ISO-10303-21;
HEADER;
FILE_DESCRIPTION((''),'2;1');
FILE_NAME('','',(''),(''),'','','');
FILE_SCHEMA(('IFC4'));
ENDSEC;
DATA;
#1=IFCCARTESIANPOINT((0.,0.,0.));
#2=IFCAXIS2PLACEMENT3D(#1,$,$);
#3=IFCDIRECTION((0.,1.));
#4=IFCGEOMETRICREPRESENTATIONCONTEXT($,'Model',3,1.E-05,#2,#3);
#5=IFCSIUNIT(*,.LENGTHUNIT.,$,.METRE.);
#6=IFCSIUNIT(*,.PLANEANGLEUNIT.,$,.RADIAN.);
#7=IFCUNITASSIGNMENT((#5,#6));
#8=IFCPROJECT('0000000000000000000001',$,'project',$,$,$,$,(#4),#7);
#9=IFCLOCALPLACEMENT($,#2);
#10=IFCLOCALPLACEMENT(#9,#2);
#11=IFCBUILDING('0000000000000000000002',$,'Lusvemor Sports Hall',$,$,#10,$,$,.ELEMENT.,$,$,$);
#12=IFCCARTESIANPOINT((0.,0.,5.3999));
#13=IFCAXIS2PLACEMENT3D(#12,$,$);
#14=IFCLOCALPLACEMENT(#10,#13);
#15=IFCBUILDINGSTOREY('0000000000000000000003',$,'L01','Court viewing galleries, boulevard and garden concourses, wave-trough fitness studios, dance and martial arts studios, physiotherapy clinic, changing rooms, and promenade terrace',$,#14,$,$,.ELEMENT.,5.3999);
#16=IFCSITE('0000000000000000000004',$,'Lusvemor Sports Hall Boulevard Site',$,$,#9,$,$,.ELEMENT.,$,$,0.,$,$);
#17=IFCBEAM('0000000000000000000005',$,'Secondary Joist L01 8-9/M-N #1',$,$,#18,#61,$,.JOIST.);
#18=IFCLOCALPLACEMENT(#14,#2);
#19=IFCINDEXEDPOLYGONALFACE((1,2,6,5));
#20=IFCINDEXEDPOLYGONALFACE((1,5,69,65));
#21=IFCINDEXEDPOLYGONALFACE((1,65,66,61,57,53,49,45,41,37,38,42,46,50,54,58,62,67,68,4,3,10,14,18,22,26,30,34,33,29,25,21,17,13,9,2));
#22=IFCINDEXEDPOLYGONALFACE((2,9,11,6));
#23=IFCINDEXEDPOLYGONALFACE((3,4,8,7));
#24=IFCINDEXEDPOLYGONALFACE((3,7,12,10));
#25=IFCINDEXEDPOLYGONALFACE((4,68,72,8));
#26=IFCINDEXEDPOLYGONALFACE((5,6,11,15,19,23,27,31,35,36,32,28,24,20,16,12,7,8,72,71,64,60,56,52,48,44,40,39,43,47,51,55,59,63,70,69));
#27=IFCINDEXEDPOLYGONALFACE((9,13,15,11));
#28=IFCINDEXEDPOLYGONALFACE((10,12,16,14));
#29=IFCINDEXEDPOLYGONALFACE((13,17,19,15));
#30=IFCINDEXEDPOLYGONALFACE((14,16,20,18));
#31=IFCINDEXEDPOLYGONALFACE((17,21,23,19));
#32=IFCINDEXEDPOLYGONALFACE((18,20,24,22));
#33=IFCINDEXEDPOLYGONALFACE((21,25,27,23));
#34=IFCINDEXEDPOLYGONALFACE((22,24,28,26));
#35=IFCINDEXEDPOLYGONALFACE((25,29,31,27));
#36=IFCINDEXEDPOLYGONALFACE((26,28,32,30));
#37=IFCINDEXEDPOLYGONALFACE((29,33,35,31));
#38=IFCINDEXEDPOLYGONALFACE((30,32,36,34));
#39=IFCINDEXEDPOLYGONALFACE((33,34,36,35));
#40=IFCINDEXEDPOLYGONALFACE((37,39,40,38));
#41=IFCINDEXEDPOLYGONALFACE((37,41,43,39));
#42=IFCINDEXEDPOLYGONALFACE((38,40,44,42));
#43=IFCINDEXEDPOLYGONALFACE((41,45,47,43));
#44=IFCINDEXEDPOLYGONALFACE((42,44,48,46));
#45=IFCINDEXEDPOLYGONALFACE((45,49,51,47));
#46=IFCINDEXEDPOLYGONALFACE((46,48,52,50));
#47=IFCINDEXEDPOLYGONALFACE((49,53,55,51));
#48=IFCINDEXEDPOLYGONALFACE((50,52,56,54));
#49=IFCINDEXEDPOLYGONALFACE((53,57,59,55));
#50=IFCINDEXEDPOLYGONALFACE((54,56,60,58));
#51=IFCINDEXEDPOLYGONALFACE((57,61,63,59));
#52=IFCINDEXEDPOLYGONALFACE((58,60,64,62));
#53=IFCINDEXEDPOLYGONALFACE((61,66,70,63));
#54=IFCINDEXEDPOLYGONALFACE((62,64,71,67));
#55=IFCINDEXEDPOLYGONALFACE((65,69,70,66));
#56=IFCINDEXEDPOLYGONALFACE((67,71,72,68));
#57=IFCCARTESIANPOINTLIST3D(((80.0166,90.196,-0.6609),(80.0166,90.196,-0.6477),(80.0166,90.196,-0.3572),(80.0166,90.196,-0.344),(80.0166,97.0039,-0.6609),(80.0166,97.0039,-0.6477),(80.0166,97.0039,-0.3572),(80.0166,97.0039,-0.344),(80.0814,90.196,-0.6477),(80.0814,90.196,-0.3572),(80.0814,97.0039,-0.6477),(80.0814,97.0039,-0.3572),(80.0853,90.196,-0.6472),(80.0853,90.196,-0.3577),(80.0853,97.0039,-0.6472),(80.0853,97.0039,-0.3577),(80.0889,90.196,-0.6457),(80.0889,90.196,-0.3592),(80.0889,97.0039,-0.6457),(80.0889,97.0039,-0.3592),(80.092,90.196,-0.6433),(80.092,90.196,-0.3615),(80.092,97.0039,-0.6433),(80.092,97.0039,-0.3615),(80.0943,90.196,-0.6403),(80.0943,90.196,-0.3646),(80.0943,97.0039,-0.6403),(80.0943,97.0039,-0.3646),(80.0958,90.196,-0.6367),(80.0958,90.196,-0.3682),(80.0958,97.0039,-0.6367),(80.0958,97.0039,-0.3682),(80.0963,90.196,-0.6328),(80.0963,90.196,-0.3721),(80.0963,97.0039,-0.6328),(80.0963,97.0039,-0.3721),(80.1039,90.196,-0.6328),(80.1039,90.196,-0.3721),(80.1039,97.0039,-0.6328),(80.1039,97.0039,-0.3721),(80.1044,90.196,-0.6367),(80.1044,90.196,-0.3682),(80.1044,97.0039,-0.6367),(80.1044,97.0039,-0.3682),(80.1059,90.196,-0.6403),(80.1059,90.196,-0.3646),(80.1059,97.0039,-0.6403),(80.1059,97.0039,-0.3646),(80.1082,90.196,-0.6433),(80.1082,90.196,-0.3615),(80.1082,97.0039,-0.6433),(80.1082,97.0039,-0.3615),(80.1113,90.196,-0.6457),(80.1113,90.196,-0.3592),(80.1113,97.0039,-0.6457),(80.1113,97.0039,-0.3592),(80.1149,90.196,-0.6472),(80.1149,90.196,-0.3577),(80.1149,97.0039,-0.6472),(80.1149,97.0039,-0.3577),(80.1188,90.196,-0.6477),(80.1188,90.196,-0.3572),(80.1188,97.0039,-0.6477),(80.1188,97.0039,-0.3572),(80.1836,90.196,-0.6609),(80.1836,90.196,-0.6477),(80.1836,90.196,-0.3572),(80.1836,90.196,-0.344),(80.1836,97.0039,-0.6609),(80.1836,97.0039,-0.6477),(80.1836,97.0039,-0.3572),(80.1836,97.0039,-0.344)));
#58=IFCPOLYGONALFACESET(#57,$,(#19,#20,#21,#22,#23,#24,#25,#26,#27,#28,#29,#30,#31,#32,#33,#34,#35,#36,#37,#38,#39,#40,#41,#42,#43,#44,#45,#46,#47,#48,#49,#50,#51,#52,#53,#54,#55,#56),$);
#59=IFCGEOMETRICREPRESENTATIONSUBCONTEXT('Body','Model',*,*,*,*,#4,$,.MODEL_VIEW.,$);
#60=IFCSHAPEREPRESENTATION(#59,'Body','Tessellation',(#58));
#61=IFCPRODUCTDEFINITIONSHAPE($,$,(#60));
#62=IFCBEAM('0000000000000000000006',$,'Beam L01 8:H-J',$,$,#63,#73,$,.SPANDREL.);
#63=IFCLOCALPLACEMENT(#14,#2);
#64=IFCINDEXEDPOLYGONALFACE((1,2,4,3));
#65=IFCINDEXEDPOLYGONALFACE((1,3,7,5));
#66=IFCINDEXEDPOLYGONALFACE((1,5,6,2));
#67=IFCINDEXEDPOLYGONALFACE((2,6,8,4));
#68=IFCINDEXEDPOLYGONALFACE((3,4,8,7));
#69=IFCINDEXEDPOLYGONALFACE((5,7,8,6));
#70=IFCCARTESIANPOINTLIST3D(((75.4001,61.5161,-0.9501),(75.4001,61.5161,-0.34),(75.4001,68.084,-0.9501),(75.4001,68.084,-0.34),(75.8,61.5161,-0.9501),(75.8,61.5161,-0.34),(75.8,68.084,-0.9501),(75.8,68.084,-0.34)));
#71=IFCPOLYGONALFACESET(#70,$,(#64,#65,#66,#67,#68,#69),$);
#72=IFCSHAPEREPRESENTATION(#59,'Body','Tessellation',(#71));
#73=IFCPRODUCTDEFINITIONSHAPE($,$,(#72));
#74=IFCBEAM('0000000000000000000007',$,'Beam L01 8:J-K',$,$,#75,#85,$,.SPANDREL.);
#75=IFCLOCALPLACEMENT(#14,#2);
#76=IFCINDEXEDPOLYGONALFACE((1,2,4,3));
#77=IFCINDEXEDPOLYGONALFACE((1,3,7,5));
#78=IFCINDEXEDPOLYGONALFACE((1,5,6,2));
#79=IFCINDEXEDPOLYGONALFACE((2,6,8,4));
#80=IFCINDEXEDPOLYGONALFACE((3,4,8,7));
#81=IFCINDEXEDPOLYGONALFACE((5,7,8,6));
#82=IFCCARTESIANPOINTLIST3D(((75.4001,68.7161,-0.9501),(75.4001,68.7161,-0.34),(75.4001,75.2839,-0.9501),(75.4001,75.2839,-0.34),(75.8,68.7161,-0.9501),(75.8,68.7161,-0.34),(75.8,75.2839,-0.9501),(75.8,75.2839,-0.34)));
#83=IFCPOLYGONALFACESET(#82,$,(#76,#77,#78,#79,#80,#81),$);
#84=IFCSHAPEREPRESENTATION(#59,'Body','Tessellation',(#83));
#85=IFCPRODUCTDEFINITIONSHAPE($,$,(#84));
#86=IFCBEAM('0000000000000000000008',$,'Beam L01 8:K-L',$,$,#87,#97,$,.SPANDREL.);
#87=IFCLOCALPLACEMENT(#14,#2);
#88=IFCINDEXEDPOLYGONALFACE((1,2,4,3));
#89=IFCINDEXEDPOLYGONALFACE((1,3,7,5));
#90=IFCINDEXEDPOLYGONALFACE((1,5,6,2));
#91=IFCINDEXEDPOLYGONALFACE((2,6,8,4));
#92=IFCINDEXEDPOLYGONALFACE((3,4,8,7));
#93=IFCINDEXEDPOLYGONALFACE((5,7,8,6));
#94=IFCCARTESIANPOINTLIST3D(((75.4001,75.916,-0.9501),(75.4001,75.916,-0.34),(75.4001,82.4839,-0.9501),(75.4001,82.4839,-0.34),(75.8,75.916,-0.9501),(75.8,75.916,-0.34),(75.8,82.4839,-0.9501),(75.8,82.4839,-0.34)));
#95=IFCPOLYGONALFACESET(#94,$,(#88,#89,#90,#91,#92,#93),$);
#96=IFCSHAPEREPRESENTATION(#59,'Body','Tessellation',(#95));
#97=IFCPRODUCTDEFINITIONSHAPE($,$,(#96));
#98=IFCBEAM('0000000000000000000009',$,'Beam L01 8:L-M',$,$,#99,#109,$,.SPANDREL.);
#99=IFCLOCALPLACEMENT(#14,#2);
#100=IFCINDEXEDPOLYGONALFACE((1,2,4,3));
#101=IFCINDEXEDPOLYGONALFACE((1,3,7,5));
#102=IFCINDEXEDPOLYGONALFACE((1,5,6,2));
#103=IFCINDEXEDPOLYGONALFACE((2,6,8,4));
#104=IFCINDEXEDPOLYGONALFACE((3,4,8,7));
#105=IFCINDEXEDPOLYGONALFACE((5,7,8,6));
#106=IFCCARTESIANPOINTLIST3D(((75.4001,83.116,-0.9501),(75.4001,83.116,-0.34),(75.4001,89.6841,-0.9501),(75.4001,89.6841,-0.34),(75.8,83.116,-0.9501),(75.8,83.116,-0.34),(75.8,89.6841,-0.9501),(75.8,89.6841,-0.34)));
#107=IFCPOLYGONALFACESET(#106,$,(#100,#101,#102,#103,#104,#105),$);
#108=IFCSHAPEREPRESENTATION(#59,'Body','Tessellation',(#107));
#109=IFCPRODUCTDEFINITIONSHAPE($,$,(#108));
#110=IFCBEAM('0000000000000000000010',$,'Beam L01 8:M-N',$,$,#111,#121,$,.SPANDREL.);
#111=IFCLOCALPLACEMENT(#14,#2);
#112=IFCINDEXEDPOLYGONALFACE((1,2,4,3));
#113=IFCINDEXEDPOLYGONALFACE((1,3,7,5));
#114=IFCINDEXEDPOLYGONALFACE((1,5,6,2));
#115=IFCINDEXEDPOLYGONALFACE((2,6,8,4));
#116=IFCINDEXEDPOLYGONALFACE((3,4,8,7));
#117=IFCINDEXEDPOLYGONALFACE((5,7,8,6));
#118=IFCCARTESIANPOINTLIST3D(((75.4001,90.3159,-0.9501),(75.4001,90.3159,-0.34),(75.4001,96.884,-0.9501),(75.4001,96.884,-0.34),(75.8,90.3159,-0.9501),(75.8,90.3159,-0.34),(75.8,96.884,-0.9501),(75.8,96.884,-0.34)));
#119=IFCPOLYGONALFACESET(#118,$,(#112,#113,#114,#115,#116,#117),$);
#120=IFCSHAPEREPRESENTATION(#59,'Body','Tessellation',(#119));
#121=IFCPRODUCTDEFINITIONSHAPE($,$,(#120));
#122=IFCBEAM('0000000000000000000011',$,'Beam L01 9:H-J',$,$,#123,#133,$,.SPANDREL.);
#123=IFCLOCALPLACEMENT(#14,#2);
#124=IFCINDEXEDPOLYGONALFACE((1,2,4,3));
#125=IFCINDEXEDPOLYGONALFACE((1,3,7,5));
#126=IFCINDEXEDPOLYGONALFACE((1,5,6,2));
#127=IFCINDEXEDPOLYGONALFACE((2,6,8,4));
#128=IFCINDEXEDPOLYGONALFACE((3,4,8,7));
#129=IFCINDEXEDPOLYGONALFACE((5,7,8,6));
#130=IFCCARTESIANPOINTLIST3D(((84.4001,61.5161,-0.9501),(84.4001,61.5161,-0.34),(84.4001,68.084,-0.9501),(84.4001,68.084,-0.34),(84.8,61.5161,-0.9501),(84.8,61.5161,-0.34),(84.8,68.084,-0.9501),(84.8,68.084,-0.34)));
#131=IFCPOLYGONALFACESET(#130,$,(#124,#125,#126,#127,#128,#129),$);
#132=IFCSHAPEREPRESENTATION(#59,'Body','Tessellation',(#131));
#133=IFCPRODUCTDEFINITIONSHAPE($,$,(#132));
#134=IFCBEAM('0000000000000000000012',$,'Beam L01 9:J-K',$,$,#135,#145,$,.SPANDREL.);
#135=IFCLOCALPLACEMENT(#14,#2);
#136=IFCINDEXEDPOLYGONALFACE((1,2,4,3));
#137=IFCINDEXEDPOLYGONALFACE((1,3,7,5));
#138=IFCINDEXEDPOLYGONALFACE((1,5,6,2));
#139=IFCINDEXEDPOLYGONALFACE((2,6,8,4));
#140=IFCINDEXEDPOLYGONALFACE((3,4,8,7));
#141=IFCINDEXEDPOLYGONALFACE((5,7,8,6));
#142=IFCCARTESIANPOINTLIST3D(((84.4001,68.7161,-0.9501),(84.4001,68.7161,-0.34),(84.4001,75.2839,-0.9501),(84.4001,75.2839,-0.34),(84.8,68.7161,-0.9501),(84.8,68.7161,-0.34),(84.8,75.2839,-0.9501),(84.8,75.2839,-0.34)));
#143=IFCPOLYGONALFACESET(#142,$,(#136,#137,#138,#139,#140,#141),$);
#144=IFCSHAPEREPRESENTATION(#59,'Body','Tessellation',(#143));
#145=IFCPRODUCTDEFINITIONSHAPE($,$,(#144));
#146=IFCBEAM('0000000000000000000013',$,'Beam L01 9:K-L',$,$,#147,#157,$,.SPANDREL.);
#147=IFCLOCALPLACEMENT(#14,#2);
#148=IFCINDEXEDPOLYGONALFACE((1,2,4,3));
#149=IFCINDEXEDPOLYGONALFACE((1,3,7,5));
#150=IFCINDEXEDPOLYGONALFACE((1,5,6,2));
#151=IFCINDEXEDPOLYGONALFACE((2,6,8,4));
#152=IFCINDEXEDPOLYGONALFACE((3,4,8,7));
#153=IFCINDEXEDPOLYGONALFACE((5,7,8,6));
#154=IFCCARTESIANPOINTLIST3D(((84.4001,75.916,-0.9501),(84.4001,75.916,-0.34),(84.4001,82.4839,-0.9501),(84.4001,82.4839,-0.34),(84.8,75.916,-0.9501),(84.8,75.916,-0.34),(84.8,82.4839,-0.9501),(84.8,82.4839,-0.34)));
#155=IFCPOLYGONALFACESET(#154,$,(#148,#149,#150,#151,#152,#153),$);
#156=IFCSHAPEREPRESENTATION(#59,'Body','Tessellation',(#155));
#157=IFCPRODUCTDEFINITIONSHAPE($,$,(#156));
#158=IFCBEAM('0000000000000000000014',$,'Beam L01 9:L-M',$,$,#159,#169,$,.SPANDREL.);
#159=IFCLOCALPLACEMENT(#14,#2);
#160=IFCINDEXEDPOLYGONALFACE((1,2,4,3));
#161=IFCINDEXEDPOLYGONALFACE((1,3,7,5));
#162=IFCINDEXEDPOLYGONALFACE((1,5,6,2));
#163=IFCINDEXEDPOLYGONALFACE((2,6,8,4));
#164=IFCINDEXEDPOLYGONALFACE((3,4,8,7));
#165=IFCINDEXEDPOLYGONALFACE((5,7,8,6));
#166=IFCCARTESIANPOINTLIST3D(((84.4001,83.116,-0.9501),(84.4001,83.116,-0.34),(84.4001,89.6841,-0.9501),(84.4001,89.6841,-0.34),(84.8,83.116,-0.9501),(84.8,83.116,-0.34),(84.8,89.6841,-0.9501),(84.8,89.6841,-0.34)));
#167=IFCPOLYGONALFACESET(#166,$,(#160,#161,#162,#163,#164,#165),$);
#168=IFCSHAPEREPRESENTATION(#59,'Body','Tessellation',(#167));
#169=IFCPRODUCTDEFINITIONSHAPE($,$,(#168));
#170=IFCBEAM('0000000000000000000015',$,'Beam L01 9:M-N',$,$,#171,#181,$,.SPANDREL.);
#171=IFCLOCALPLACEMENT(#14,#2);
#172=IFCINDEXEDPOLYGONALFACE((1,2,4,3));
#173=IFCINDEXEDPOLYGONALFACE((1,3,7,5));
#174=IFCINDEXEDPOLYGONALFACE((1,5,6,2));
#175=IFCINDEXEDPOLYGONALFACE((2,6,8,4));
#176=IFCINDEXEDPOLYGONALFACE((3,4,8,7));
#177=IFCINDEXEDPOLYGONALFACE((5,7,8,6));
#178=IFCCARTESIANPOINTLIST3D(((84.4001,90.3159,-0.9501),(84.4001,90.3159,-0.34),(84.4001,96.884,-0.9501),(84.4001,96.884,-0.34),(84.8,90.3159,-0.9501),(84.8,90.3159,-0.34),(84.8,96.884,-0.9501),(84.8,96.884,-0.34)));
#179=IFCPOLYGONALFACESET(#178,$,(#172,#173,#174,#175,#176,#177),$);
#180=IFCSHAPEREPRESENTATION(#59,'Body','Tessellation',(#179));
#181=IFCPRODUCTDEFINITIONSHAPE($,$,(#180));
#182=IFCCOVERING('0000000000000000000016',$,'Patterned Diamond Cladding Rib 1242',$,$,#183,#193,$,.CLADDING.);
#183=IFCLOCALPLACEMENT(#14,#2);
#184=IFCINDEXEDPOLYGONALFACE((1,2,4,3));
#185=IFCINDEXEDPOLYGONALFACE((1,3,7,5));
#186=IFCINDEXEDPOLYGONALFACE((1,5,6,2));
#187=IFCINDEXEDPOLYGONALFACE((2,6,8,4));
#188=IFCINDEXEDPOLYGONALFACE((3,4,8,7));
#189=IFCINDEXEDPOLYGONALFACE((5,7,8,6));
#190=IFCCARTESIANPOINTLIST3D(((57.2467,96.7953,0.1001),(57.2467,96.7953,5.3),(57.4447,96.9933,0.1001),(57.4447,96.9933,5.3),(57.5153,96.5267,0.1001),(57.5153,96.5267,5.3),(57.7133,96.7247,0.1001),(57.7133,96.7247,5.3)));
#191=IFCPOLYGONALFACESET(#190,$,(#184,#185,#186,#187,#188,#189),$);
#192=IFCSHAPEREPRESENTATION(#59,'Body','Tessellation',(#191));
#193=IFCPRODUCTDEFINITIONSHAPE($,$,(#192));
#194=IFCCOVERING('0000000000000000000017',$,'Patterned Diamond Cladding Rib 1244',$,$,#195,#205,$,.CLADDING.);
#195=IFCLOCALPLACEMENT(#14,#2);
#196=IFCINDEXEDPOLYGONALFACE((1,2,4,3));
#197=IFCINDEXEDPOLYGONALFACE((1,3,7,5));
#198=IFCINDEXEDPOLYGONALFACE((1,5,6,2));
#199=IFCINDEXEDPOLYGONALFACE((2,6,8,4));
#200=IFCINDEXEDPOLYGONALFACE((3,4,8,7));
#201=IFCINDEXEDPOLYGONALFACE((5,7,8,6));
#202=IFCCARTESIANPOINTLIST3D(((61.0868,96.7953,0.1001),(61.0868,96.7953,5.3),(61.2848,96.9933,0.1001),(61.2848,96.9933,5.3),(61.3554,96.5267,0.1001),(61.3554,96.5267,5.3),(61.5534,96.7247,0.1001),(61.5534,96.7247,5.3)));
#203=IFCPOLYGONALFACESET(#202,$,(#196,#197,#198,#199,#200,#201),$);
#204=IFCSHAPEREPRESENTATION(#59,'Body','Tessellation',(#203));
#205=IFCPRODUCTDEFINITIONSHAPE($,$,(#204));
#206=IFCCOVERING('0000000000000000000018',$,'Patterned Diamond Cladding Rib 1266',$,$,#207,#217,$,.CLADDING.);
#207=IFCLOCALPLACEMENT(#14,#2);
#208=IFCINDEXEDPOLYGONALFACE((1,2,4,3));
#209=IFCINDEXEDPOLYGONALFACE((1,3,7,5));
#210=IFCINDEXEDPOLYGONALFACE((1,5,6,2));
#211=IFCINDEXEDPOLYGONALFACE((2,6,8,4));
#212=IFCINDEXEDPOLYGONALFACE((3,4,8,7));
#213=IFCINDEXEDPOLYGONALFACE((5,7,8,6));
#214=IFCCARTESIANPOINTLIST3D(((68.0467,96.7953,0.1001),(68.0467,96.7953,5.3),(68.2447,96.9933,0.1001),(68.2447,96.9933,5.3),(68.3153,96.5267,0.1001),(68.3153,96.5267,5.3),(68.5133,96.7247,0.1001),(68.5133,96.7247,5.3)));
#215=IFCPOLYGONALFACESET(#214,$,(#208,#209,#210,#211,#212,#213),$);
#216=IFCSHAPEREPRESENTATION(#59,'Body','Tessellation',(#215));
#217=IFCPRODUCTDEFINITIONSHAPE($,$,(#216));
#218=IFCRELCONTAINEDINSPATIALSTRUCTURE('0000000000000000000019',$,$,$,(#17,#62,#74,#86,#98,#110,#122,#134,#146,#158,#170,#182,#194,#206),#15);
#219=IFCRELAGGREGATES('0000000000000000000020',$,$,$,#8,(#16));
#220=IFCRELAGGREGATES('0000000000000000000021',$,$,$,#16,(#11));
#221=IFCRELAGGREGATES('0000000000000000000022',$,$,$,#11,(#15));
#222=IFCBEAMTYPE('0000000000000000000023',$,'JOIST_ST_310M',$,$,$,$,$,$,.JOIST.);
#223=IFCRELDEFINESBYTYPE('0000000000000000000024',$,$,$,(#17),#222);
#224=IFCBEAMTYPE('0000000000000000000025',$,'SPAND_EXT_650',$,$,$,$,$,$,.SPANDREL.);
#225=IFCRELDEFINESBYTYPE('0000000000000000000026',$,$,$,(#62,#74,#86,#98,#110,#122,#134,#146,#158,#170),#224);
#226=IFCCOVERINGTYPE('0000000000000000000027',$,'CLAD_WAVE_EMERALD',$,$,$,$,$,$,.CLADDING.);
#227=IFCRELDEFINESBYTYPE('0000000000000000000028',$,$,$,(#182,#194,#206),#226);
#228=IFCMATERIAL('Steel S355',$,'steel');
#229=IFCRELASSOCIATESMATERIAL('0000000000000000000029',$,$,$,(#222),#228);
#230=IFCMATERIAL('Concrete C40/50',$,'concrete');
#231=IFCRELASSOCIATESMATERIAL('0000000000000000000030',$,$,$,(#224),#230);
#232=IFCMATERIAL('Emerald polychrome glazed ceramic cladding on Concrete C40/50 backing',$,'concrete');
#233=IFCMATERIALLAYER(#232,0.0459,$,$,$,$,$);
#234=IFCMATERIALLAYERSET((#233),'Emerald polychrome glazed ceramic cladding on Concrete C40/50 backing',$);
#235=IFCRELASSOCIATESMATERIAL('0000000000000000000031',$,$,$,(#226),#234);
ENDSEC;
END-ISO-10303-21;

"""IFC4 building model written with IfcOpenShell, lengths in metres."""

from ifc_helpers import new_model, si_unit, direction, frame, origin, origin_2d, place, context, subcontext, project, spatial, rectangle, i_section, extrude, material, layer, layer_set, material_profile, profile_set, type_object, element, save


model = new_model("IFC4")

# Units and contexts
model_context = context("Model", 3, precision=1e-05, world=origin(), true_north=direction((0.0, 1.0)))
body_context = subcontext(model_context, "Body", "Model", "MODEL_VIEW")
ifc_project = project(units=[si_unit("LENGTHUNIT", "METRE"), si_unit("PLANEANGLEUNIT", "RADIAN")], contexts=[model_context])

# Site, building, storey
site_placement = place(None, origin())
site = spatial("IfcSite", under=ifc_project, at=site_placement, Name="Lusvemor Sports Hall Boulevard Site", CompositionType="ELEMENT", RefElevation=0.0)
building_placement = place(site_placement, origin())
building = spatial("IfcBuilding", under=site, at=building_placement, Name="Lusvemor Sports Hall", CompositionType="ELEMENT")
storey_placement = place(building_placement, frame((0.0, 0.0, 5.3999)))
storey = spatial("IfcBuildingStorey", under=building, at=storey_placement, Name="L01", Description="Court viewing galleries, boulevard and garden concourses, wave-trough fitness studios, dance and martial arts studios, physiotherapy clinic, changing rooms, and promenade terrace", CompositionType="ELEMENT", Elevation=5.3999)

# Beams
ifc_material_1 = material(Name="Steel S355", Category="steel")
ifc_material_profile_1 = material_profile(ifc_material_1, i_section(OverallWidth=0.167, OverallDepth=0.3169, WebThickness=0.0076, FlangeThickness=0.0132, FilletRadius=0.0149, at=origin_2d()), Name="W310x52.0")
ifc_profile_set_1 = profile_set([ifc_material_profile_1], Name="Steel S355")
beam_type_1 = type_object("IfcBeamType", Name="JOIST_ST_310M", PredefinedType="JOIST", material=ifc_profile_set_1)
for number, where, z_axis, x_axis, name in (
    (1, (80.1001, 90.196, -0.5024), (0.0, 1.0, 0.0), (-1.0, 0.0, 0.0), "Secondary Joist L01 8-9/M-N #1"),
):
    element("IfcBeam", number, at=place(storey_placement, frame(where, z_axis=z_axis, x_axis=x_axis)), inside=storey, type_object=beam_type_1, Name=name, PredefinedType="JOIST", context=body_context, shape_type="SweptSolid", body=[
        extrude(i_section(OverallWidth=0.167, OverallDepth=0.3169, WebThickness=0.0076, FlangeThickness=0.0132, FilletRadius=0.0149, at=origin_2d()), origin(), (0.0, 0.0, 1.0), 6.8079),
    ])
ifc_material_2 = material(Name="Concrete C40/50", Category="concrete")
ifc_material_profile_2 = material_profile(ifc_material_2, rectangle(XDim=0.3999, YDim=0.6101, at=origin_2d()), Name="RC400x610")
ifc_profile_set_2 = profile_set([ifc_material_profile_2], Name="Concrete C40/50")
beam_type_2 = type_object("IfcBeamType", Name="SPAND_EXT_650", PredefinedType="SPANDREL", material=ifc_profile_set_2)
for number, where, z_axis, x_axis, name in (
    (2, (75.6001, 61.5161, -0.645), (0.0, 1.0, 0.0), (-1.0, 0.0, 0.0), "Beam L01 8:H-J"),
    (3, (75.6001, 68.7161, -0.645), (0.0, 1.0, 0.0), (-1.0, 0.0, 0.0), "Beam L01 8:J-K"),
    (4, (75.6001, 75.916, -0.645), (0.0, 1.0, 0.0), (-1.0, 0.0, 0.0), "Beam L01 8:K-L"),
):
    element("IfcBeam", number, at=place(storey_placement, frame(where, z_axis=z_axis, x_axis=x_axis)), inside=storey, type_object=beam_type_2, Name=name, PredefinedType="SPANDREL", context=body_context, shape_type="SweptSolid", body=[
        extrude(rectangle(XDim=0.3999, YDim=0.6101, at=origin_2d()), origin(), (0.0, 0.0, 1.0), 6.5679),
    ])
for number, where, z_axis, x_axis, name in (
    (5, (75.6001, 83.116, -0.645), (0.0, 1.0, 0.0), (-1.0, 0.0, 0.0), "Beam L01 8:L-M"),
    (6, (75.6001, 90.3159, -0.645), (0.0, 1.0, 0.0), (-1.0, 0.0, 0.0), "Beam L01 8:M-N"),
):
    element("IfcBeam", number, at=place(storey_placement, frame(where, z_axis=z_axis, x_axis=x_axis)), inside=storey, type_object=beam_type_2, Name=name, PredefinedType="SPANDREL", context=body_context, shape_type="SweptSolid", body=[
        extrude(rectangle(XDim=0.3999, YDim=0.6101, at=origin_2d()), origin(), (0.0, 0.0, 1.0), 6.5681),
    ])
for number, where, z_axis, x_axis, name in (
    (7, (84.6001, 61.5161, -0.645), (0.0, 1.0, 0.0), (-1.0, 0.0, 0.0), "Beam L01 9:H-J"),
    (8, (84.6001, 68.7161, -0.645), (0.0, 1.0, 0.0), (-1.0, 0.0, 0.0), "Beam L01 9:J-K"),
    (9, (84.6001, 75.916, -0.645), (0.0, 1.0, 0.0), (-1.0, 0.0, 0.0), "Beam L01 9:K-L"),
):
    element("IfcBeam", number, at=place(storey_placement, frame(where, z_axis=z_axis, x_axis=x_axis)), inside=storey, type_object=beam_type_2, Name=name, PredefinedType="SPANDREL", context=body_context, shape_type="SweptSolid", body=[
        extrude(rectangle(XDim=0.3999, YDim=0.6101, at=origin_2d()), origin(), (0.0, 0.0, 1.0), 6.5679),
    ])
for number, where, z_axis, x_axis, name in (
    (10, (84.6001, 83.116, -0.645), (0.0, 1.0, 0.0), (-1.0, 0.0, 0.0), "Beam L01 9:L-M"),
    (11, (84.6001, 90.3159, -0.645), (0.0, 1.0, 0.0), (-1.0, 0.0, 0.0), "Beam L01 9:M-N"),
):
    element("IfcBeam", number, at=place(storey_placement, frame(where, z_axis=z_axis, x_axis=x_axis)), inside=storey, type_object=beam_type_2, Name=name, PredefinedType="SPANDREL", context=body_context, shape_type="SweptSolid", body=[
        extrude(rectangle(XDim=0.3999, YDim=0.6101, at=origin_2d()), origin(), (0.0, 0.0, 1.0), 6.5681),
    ])

# Coverings
ifc_material_3 = material(Name="Emerald polychrome glazed ceramic cladding on Concrete C40/50 backing", Category="concrete")
ifc_layer_1 = layer(ifc_material_3, 0.0459)
ifc_layer_set_1 = layer_set([ifc_layer_1], Name="Emerald polychrome glazed ceramic cladding on Concrete C40/50 backing")
covering_type_1 = type_object("IfcCoveringType", Name="CLAD_WAVE_EMERALD", PredefinedType="CLADDING", material=ifc_layer_set_1)
for number, where, z_axis, x_axis, name in (
    (12, (57.48, 96.76, 0.1001), (0.0, 0.0, 1.0), (0.707107, 0.707107, 0.0), "Patterned Diamond Cladding Rib 1242"),
    (13, (61.3201, 96.76, 0.1001), (0.0, 0.0, 1.0), (0.707107, 0.707107, 0.0), "Patterned Diamond Cladding Rib 1244"),
    (14, (68.28, 96.76, 0.1001), (0.0, 0.0, 1.0), (0.707107, 0.707107, 0.0), "Patterned Diamond Cladding Rib 1266"),
):
    element("IfcCovering", number, at=place(storey_placement, frame(where, z_axis=z_axis, x_axis=x_axis)), inside=storey, type_object=covering_type_1, Name=name, PredefinedType="CLADDING", context=body_context, shape_type="SweptSolid", body=[
        extrude(rectangle(XDim=0.28, YDim=0.3799, at=origin_2d()), origin(), (0.0, 0.0, 1.0), 5.2),
    ])

save(model, "model.ifc")
